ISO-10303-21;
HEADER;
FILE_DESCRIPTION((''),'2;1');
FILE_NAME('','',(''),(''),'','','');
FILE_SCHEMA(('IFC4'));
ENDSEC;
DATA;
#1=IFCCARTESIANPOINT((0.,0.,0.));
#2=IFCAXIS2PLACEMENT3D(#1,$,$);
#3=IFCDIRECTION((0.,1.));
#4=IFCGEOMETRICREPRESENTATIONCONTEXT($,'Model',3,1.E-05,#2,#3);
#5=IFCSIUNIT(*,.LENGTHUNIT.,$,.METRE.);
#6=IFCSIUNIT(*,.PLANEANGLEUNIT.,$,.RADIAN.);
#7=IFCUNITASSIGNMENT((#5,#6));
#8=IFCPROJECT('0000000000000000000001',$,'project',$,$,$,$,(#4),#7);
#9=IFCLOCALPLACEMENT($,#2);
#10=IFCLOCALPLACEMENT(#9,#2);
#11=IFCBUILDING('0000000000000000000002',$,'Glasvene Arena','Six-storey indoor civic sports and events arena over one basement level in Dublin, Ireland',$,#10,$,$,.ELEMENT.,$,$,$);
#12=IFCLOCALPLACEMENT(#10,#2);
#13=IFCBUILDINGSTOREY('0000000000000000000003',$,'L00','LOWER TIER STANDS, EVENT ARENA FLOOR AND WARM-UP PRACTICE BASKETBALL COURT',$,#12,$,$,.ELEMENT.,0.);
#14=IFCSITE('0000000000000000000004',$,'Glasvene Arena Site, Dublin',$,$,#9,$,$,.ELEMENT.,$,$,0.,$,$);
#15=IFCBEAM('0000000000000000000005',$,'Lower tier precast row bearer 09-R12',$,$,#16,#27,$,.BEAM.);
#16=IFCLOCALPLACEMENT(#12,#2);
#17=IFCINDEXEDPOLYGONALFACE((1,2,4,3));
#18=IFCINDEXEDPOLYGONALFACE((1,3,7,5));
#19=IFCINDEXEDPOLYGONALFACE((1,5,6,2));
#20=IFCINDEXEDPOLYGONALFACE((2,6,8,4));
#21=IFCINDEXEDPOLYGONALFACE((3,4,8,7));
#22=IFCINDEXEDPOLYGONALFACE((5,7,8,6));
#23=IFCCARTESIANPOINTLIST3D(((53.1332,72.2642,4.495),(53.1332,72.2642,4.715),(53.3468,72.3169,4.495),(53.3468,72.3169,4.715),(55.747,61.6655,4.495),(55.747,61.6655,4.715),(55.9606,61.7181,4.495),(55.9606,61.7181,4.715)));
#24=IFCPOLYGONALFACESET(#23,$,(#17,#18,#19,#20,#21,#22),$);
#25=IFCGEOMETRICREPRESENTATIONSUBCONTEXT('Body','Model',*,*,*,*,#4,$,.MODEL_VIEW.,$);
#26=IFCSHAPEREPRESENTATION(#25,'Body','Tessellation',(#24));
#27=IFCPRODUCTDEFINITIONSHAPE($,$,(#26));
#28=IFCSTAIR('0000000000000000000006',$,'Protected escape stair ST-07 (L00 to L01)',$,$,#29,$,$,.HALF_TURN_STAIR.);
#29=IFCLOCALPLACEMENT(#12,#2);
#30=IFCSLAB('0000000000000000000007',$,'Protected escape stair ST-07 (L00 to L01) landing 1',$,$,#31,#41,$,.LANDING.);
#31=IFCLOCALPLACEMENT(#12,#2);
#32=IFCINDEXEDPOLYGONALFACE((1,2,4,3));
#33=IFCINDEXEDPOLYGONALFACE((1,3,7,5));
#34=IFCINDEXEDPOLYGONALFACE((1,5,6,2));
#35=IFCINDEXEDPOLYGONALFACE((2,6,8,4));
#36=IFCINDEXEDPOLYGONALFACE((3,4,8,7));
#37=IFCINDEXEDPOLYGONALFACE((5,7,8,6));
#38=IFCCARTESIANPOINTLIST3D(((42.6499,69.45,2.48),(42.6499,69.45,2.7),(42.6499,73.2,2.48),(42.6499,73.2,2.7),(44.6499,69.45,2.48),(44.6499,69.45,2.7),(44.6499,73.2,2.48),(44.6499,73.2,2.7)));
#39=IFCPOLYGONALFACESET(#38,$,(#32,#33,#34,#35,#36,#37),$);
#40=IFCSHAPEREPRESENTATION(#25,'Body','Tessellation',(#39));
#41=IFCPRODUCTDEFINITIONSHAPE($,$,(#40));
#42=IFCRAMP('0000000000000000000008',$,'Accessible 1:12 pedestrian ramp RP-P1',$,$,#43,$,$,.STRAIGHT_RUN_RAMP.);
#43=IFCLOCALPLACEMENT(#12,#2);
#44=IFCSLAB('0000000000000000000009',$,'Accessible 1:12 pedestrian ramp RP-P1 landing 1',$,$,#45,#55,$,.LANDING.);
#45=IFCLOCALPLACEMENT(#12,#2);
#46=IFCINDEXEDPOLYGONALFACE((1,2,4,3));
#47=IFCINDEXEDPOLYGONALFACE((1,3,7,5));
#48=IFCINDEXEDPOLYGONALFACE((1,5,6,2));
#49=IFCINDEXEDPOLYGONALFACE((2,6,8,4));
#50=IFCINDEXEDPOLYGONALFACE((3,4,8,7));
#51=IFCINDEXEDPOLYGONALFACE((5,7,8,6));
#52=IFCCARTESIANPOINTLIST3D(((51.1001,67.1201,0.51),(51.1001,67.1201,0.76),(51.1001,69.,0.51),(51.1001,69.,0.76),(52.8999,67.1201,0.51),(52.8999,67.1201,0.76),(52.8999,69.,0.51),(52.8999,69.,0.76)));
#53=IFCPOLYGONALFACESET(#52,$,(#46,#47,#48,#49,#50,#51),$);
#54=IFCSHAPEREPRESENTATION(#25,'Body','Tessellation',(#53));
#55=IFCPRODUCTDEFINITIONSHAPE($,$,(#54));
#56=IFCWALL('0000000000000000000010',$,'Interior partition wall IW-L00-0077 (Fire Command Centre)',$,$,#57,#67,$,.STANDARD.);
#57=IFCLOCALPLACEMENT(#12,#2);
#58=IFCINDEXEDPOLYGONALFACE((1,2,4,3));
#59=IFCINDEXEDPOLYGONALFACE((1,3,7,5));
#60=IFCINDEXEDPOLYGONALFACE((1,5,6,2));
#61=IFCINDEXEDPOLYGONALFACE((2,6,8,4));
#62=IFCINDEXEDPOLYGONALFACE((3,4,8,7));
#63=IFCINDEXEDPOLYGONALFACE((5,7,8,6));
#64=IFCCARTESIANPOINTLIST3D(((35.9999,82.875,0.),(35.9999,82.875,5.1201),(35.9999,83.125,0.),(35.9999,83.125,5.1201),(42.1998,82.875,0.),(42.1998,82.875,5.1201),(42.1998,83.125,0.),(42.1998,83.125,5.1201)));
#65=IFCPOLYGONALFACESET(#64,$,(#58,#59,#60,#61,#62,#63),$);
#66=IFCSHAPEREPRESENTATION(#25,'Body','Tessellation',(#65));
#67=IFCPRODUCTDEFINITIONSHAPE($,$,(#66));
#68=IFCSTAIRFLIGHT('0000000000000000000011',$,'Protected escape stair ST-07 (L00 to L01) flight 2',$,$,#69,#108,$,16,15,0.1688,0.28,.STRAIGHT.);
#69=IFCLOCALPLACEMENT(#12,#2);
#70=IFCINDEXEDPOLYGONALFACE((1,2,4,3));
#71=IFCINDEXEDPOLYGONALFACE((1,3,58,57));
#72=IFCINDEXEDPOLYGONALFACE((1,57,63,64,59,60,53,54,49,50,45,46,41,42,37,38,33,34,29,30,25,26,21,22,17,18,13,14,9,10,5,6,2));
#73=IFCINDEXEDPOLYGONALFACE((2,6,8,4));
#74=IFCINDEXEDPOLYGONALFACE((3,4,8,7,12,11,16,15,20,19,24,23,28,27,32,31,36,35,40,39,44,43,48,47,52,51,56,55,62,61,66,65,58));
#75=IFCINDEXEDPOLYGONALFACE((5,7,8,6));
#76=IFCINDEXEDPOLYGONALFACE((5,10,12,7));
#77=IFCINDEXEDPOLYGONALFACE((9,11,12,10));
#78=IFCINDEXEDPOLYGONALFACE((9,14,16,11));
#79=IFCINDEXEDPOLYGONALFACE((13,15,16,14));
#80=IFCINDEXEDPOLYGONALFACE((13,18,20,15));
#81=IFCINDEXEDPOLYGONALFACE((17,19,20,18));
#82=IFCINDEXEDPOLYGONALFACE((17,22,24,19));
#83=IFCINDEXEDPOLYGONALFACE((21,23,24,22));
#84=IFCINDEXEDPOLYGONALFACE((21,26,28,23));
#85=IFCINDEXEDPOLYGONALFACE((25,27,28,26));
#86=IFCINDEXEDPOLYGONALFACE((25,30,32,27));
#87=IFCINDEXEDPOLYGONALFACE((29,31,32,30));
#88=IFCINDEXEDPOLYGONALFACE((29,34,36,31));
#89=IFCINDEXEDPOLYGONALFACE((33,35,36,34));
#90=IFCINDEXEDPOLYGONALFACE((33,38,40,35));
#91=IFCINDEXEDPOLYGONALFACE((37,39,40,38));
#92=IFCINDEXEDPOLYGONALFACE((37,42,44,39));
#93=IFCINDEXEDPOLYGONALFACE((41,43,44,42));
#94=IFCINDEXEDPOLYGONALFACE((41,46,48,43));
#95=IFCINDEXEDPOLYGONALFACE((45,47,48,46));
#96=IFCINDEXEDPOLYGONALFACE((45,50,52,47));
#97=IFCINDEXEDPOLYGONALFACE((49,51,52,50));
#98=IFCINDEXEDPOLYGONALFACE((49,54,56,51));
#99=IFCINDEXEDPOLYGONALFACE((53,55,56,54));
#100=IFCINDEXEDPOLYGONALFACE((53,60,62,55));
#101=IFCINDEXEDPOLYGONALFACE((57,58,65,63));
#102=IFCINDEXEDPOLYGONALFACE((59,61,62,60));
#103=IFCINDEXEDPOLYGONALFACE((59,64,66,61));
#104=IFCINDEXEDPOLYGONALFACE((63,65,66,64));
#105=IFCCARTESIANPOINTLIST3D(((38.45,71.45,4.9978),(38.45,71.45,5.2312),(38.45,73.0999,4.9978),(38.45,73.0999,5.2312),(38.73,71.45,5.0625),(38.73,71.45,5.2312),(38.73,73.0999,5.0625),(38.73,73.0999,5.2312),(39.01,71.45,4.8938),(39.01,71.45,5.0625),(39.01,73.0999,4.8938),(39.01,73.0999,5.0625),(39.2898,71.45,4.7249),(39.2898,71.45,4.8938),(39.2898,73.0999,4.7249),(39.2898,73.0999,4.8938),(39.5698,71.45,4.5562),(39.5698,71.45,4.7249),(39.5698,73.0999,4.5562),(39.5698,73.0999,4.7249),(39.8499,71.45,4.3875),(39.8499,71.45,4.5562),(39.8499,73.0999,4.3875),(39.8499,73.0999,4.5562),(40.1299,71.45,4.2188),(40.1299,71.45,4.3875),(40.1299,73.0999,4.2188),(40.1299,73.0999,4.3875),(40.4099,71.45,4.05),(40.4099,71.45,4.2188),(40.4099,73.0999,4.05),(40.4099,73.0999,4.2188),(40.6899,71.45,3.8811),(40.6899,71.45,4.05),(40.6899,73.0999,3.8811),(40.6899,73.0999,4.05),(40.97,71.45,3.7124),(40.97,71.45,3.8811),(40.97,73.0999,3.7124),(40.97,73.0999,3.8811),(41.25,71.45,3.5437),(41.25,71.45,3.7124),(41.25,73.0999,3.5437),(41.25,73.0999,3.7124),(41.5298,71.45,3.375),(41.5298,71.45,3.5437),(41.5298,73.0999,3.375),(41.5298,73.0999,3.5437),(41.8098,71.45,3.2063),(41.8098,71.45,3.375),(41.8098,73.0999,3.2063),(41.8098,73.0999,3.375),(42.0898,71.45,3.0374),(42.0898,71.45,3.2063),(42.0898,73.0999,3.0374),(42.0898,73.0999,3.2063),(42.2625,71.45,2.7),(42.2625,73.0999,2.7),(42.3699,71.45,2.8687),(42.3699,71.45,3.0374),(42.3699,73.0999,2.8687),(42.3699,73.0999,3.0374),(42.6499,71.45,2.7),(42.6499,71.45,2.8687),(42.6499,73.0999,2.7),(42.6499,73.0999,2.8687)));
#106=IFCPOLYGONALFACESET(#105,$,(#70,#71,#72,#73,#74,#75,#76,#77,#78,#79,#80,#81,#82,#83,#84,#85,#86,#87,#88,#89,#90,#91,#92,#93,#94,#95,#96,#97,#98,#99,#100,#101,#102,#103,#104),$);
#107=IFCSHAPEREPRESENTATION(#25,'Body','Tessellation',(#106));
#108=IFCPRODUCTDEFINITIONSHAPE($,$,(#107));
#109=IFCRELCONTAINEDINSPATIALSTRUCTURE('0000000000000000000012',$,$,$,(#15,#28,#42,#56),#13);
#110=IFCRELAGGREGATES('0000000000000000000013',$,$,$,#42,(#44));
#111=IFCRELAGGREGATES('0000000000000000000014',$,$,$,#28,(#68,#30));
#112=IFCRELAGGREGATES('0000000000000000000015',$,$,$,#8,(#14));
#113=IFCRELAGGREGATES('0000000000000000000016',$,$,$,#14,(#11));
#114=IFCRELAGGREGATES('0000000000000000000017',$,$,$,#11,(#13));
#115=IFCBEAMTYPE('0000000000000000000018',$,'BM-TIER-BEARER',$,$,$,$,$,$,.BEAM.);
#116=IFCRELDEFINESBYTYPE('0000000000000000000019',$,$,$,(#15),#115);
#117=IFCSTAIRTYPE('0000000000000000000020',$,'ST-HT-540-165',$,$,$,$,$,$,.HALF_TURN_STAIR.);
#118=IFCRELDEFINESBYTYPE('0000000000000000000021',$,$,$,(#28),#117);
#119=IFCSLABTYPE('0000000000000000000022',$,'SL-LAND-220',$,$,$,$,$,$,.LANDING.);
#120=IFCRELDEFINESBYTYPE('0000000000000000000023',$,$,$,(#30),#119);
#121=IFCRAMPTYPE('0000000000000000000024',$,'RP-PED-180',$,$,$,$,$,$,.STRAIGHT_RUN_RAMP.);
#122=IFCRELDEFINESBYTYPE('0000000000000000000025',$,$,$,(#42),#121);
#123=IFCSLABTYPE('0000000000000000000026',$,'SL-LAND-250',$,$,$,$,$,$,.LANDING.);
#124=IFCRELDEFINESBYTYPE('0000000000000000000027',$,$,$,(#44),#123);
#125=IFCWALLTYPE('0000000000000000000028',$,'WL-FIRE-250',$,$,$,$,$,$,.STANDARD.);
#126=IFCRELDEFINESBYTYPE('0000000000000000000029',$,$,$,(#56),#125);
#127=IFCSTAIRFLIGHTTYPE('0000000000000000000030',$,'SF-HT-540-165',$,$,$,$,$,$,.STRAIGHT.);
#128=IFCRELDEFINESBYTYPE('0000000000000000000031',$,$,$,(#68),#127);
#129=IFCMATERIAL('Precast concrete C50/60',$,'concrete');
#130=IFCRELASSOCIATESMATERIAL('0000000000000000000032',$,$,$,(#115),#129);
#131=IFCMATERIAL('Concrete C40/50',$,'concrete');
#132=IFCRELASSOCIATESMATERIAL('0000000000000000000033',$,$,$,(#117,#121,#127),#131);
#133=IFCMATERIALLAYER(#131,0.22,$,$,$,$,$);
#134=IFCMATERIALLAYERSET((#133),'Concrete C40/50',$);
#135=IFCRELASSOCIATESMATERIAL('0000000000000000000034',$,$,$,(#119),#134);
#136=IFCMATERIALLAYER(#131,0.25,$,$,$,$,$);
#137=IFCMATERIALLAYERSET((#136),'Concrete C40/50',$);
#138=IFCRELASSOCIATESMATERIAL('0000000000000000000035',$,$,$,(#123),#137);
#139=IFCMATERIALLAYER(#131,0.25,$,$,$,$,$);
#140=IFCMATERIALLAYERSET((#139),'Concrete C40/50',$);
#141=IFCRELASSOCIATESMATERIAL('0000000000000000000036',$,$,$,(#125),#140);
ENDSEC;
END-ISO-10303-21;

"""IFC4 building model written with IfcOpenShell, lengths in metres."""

from ifc_helpers import new_model, si_unit, direction, frame, frame_2d, origin, origin_2d, place, context, subcontext, project, spatial, polyline, rectangle, outline, extrude, material, layer, layer_set, material_profile, profile_set, type_object, element, aggregate, save


model = new_model("IFC4")

# Units and contexts
model_context = context("Model", 3, precision=1e-05, world=origin(), true_north=direction((0.0, 1.0)))
body_context = subcontext(model_context, "Body", "Model", "MODEL_VIEW")
ifc_project = project(units=[si_unit("LENGTHUNIT", "METRE"), si_unit("PLANEANGLEUNIT", "RADIAN")], contexts=[model_context])

# Site, building, storey
site_placement = place(None, origin())
site = spatial("IfcSite", under=ifc_project, at=site_placement, Name="Glasvene Arena Site, Dublin", CompositionType="ELEMENT", RefElevation=0.0)
building_placement = place(site_placement, origin())
building = spatial("IfcBuilding", under=site, at=building_placement, Name="Glasvene Arena", Description="Six-storey indoor civic sports and events arena over one basement level in Dublin, Ireland", CompositionType="ELEMENT")
storey_placement = place(building_placement, origin())
storey = spatial("IfcBuildingStorey", under=building, at=storey_placement, Name="L00", Description="LOWER TIER STANDS, EVENT ARENA FLOOR AND WARM-UP PRACTICE BASKETBALL COURT", CompositionType="ELEMENT", Elevation=0.0)

# Shared definitions
ifc_material_1 = material(Name="Concrete C40/50", Category="concrete")

# Beam
ifc_material_2 = material(Name="Precast concrete C50/60", Category="concrete")
ifc_material_profile_1 = material_profile(ifc_material_2, rectangle(XDim=0.22, YDim=0.22, at=origin_2d()), Name="RC 220x220")
ifc_profile_set_1 = profile_set([ifc_material_profile_1], Name="Precast concrete C50/60")
beam_type_1 = type_object("IfcBeamType", Name="BM-TIER-BEARER", PredefinedType="BEAM", material=ifc_profile_set_1)
beam_1_placement = place(storey_placement, frame((53.24, 72.2905, 4.605), z_axis=(0.23944, -0.970911, 0.0), x_axis=(0.970911, 0.23944, 0.0)))
element("IfcBeam", 1, at=beam_1_placement, inside=storey, type_object=beam_type_1, Name="Lower tier precast row bearer 09-R12", PredefinedType="BEAM", context=body_context, shape_type="SweptSolid", body=[
    extrude(rectangle(XDim=0.22, YDim=0.22, at=origin_2d()), origin(), (0.0, 0.0, 1.0), 10.9163),
])

# Stair, slab
stair_type = type_object("IfcStairType", Name="ST-HT-540-165", PredefinedType="HALF_TURN_STAIR", material=ifc_material_1)
stair_placement = place(storey_placement, origin())
stair = element("IfcStair", 2, at=stair_placement, inside=storey, type_object=stair_type, Name="Protected escape stair ST-07 (L00 to L01)", PredefinedType="HALF_TURN_STAIR")
ifc_layer_1 = layer(ifc_material_1, 0.22)
ifc_layer_set_1 = layer_set([ifc_layer_1], Name="Concrete C40/50")
slab_type_1 = type_object("IfcSlabType", Name="SL-LAND-220", PredefinedType="LANDING", material=ifc_layer_set_1)
slab_1_placement = place(storey_placement, frame((43.6499, 71.325, 2.48)))
slab_1 = element("IfcSlab", 3, at=slab_1_placement, type_object=slab_type_1, Name="Protected escape stair ST-07 (L00 to L01) landing 1", PredefinedType="LANDING", context=body_context, shape_type="SweptSolid", body=[
    extrude(outline(polyline([(-1.0, -1.875), (1.0, -1.875), (1.0, 1.875), (-1.0, 1.875), (-1.0, -1.875)])), origin(), (0.0, 0.0, 1.0), 0.22),
])

# Ramp, slab
ramp_type = type_object("IfcRampType", Name="RP-PED-180", PredefinedType="STRAIGHT_RUN_RAMP", material=ifc_material_1)
ramp_placement = place(storey_placement, origin())
ramp = element("IfcRamp", 4, at=ramp_placement, inside=storey, type_object=ramp_type, Name="Accessible 1:12 pedestrian ramp RP-P1", PredefinedType="STRAIGHT_RUN_RAMP")
ifc_layer_2 = layer(ifc_material_1, 0.25)
ifc_layer_set_2 = layer_set([ifc_layer_2], Name="Concrete C40/50")
slab_type_2 = type_object("IfcSlabType", Name="SL-LAND-250", PredefinedType="LANDING", material=ifc_layer_set_2)
slab_2_placement = place(storey_placement, frame((52.0, 68.0601, 0.51)))
slab_2 = element("IfcSlab", 5, at=slab_2_placement, type_object=slab_type_2, Name="Accessible 1:12 pedestrian ramp RP-P1 landing 1", PredefinedType="LANDING", context=body_context, shape_type="SweptSolid", body=[
    extrude(outline(polyline([(-0.8999, -0.9399), (0.8999, -0.9399), (0.8999, 0.9399), (-0.8999, 0.9399), (-0.8999, -0.9399)])), origin(), (0.0, 0.0, 1.0), 0.25),
])
aggregate(ramp, [slab_2])

# Wall
ifc_layer_3 = layer(ifc_material_1, 0.25)
ifc_layer_set_3 = layer_set([ifc_layer_3], Name="Concrete C40/50")
wall_type = type_object("IfcWallType", Name="WL-FIRE-250", PredefinedType="STANDARD", material=ifc_layer_set_3)
wall_placement = place(storey_placement, frame((42.2, 83.0, 0.0), z_axis=(0.0, 0.0, 1.0), x_axis=(-1.0, 0.0, 0.0)))
element("IfcWall", 6, at=wall_placement, inside=storey, type_object=wall_type, Name="Interior partition wall IW-L00-0077 (Fire Command Centre)", PredefinedType="STANDARD", context=body_context, shape_type="SweptSolid", body=[
    extrude(rectangle(XDim=6.2, YDim=0.25, at=frame_2d((3.1001, 0.0))), origin(), (0.0, 0.0, 1.0), 5.1201),
])

# Stair flight
stair_flight_type = type_object("IfcStairFlightType", Name="SF-HT-540-165", PredefinedType="STRAIGHT", material=ifc_material_1)
stair_flight_placement = place(storey_placement, frame((42.6499, 72.2749, 2.7), z_axis=(0.0, 0.0, 1.0), x_axis=(-1.0, 0.0, 0.0)))
stair_flight = element("IfcStairFlight", 7, at=stair_flight_placement, type_object=stair_flight_type, Name="Protected escape stair ST-07 (L00 to L01) flight 2", NumberOfRisers=16, NumberOfTreads=15, PredefinedType="STRAIGHT", RiserHeight=0.1688, TreadLength=0.28, context=body_context, shape_type="SweptSolid", body=[
    extrude(outline(polyline([(0.0, 0.0), (0.0, 0.1687), (0.28, 0.1687), (0.28, 0.3374), (0.5601, 0.3374), (0.5601, 0.5063), (0.8401, 0.5063), (0.8401, 0.675), (1.1201, 0.675), (1.1201, 0.8438), (1.3999, 0.8438), (1.3999, 1.0125), (1.6799, 1.0125), (1.6799, 1.1812), (1.96, 1.1812), (1.96, 1.3501), (2.24, 1.3501), (2.24, 1.5188), (2.52, 1.5188), (2.52, 1.6875), (2.8, 1.6875), (2.8, 1.8562), (3.0801, 1.8562), (3.0801, 2.0249), (3.3601, 2.0249), (3.3601, 2.1938), (3.6399, 2.1938), (3.6399, 2.3625), (3.9199, 2.3625), (3.9199, 2.5312), (4.2, 2.5312), (4.2, 2.7), (4.2, 2.2979), (0.3875, 0.0), (0.0, 0.0)])), frame((0.0, 0.825, 0.0), z_axis=(0.0, -1.0, 0.0), x_axis=(1.0, 0.0, 0.0)), (0.0, 0.0, 1.0), 1.6499),
])
aggregate(stair, [stair_flight, slab_1])

save(model, "model.ifc")
